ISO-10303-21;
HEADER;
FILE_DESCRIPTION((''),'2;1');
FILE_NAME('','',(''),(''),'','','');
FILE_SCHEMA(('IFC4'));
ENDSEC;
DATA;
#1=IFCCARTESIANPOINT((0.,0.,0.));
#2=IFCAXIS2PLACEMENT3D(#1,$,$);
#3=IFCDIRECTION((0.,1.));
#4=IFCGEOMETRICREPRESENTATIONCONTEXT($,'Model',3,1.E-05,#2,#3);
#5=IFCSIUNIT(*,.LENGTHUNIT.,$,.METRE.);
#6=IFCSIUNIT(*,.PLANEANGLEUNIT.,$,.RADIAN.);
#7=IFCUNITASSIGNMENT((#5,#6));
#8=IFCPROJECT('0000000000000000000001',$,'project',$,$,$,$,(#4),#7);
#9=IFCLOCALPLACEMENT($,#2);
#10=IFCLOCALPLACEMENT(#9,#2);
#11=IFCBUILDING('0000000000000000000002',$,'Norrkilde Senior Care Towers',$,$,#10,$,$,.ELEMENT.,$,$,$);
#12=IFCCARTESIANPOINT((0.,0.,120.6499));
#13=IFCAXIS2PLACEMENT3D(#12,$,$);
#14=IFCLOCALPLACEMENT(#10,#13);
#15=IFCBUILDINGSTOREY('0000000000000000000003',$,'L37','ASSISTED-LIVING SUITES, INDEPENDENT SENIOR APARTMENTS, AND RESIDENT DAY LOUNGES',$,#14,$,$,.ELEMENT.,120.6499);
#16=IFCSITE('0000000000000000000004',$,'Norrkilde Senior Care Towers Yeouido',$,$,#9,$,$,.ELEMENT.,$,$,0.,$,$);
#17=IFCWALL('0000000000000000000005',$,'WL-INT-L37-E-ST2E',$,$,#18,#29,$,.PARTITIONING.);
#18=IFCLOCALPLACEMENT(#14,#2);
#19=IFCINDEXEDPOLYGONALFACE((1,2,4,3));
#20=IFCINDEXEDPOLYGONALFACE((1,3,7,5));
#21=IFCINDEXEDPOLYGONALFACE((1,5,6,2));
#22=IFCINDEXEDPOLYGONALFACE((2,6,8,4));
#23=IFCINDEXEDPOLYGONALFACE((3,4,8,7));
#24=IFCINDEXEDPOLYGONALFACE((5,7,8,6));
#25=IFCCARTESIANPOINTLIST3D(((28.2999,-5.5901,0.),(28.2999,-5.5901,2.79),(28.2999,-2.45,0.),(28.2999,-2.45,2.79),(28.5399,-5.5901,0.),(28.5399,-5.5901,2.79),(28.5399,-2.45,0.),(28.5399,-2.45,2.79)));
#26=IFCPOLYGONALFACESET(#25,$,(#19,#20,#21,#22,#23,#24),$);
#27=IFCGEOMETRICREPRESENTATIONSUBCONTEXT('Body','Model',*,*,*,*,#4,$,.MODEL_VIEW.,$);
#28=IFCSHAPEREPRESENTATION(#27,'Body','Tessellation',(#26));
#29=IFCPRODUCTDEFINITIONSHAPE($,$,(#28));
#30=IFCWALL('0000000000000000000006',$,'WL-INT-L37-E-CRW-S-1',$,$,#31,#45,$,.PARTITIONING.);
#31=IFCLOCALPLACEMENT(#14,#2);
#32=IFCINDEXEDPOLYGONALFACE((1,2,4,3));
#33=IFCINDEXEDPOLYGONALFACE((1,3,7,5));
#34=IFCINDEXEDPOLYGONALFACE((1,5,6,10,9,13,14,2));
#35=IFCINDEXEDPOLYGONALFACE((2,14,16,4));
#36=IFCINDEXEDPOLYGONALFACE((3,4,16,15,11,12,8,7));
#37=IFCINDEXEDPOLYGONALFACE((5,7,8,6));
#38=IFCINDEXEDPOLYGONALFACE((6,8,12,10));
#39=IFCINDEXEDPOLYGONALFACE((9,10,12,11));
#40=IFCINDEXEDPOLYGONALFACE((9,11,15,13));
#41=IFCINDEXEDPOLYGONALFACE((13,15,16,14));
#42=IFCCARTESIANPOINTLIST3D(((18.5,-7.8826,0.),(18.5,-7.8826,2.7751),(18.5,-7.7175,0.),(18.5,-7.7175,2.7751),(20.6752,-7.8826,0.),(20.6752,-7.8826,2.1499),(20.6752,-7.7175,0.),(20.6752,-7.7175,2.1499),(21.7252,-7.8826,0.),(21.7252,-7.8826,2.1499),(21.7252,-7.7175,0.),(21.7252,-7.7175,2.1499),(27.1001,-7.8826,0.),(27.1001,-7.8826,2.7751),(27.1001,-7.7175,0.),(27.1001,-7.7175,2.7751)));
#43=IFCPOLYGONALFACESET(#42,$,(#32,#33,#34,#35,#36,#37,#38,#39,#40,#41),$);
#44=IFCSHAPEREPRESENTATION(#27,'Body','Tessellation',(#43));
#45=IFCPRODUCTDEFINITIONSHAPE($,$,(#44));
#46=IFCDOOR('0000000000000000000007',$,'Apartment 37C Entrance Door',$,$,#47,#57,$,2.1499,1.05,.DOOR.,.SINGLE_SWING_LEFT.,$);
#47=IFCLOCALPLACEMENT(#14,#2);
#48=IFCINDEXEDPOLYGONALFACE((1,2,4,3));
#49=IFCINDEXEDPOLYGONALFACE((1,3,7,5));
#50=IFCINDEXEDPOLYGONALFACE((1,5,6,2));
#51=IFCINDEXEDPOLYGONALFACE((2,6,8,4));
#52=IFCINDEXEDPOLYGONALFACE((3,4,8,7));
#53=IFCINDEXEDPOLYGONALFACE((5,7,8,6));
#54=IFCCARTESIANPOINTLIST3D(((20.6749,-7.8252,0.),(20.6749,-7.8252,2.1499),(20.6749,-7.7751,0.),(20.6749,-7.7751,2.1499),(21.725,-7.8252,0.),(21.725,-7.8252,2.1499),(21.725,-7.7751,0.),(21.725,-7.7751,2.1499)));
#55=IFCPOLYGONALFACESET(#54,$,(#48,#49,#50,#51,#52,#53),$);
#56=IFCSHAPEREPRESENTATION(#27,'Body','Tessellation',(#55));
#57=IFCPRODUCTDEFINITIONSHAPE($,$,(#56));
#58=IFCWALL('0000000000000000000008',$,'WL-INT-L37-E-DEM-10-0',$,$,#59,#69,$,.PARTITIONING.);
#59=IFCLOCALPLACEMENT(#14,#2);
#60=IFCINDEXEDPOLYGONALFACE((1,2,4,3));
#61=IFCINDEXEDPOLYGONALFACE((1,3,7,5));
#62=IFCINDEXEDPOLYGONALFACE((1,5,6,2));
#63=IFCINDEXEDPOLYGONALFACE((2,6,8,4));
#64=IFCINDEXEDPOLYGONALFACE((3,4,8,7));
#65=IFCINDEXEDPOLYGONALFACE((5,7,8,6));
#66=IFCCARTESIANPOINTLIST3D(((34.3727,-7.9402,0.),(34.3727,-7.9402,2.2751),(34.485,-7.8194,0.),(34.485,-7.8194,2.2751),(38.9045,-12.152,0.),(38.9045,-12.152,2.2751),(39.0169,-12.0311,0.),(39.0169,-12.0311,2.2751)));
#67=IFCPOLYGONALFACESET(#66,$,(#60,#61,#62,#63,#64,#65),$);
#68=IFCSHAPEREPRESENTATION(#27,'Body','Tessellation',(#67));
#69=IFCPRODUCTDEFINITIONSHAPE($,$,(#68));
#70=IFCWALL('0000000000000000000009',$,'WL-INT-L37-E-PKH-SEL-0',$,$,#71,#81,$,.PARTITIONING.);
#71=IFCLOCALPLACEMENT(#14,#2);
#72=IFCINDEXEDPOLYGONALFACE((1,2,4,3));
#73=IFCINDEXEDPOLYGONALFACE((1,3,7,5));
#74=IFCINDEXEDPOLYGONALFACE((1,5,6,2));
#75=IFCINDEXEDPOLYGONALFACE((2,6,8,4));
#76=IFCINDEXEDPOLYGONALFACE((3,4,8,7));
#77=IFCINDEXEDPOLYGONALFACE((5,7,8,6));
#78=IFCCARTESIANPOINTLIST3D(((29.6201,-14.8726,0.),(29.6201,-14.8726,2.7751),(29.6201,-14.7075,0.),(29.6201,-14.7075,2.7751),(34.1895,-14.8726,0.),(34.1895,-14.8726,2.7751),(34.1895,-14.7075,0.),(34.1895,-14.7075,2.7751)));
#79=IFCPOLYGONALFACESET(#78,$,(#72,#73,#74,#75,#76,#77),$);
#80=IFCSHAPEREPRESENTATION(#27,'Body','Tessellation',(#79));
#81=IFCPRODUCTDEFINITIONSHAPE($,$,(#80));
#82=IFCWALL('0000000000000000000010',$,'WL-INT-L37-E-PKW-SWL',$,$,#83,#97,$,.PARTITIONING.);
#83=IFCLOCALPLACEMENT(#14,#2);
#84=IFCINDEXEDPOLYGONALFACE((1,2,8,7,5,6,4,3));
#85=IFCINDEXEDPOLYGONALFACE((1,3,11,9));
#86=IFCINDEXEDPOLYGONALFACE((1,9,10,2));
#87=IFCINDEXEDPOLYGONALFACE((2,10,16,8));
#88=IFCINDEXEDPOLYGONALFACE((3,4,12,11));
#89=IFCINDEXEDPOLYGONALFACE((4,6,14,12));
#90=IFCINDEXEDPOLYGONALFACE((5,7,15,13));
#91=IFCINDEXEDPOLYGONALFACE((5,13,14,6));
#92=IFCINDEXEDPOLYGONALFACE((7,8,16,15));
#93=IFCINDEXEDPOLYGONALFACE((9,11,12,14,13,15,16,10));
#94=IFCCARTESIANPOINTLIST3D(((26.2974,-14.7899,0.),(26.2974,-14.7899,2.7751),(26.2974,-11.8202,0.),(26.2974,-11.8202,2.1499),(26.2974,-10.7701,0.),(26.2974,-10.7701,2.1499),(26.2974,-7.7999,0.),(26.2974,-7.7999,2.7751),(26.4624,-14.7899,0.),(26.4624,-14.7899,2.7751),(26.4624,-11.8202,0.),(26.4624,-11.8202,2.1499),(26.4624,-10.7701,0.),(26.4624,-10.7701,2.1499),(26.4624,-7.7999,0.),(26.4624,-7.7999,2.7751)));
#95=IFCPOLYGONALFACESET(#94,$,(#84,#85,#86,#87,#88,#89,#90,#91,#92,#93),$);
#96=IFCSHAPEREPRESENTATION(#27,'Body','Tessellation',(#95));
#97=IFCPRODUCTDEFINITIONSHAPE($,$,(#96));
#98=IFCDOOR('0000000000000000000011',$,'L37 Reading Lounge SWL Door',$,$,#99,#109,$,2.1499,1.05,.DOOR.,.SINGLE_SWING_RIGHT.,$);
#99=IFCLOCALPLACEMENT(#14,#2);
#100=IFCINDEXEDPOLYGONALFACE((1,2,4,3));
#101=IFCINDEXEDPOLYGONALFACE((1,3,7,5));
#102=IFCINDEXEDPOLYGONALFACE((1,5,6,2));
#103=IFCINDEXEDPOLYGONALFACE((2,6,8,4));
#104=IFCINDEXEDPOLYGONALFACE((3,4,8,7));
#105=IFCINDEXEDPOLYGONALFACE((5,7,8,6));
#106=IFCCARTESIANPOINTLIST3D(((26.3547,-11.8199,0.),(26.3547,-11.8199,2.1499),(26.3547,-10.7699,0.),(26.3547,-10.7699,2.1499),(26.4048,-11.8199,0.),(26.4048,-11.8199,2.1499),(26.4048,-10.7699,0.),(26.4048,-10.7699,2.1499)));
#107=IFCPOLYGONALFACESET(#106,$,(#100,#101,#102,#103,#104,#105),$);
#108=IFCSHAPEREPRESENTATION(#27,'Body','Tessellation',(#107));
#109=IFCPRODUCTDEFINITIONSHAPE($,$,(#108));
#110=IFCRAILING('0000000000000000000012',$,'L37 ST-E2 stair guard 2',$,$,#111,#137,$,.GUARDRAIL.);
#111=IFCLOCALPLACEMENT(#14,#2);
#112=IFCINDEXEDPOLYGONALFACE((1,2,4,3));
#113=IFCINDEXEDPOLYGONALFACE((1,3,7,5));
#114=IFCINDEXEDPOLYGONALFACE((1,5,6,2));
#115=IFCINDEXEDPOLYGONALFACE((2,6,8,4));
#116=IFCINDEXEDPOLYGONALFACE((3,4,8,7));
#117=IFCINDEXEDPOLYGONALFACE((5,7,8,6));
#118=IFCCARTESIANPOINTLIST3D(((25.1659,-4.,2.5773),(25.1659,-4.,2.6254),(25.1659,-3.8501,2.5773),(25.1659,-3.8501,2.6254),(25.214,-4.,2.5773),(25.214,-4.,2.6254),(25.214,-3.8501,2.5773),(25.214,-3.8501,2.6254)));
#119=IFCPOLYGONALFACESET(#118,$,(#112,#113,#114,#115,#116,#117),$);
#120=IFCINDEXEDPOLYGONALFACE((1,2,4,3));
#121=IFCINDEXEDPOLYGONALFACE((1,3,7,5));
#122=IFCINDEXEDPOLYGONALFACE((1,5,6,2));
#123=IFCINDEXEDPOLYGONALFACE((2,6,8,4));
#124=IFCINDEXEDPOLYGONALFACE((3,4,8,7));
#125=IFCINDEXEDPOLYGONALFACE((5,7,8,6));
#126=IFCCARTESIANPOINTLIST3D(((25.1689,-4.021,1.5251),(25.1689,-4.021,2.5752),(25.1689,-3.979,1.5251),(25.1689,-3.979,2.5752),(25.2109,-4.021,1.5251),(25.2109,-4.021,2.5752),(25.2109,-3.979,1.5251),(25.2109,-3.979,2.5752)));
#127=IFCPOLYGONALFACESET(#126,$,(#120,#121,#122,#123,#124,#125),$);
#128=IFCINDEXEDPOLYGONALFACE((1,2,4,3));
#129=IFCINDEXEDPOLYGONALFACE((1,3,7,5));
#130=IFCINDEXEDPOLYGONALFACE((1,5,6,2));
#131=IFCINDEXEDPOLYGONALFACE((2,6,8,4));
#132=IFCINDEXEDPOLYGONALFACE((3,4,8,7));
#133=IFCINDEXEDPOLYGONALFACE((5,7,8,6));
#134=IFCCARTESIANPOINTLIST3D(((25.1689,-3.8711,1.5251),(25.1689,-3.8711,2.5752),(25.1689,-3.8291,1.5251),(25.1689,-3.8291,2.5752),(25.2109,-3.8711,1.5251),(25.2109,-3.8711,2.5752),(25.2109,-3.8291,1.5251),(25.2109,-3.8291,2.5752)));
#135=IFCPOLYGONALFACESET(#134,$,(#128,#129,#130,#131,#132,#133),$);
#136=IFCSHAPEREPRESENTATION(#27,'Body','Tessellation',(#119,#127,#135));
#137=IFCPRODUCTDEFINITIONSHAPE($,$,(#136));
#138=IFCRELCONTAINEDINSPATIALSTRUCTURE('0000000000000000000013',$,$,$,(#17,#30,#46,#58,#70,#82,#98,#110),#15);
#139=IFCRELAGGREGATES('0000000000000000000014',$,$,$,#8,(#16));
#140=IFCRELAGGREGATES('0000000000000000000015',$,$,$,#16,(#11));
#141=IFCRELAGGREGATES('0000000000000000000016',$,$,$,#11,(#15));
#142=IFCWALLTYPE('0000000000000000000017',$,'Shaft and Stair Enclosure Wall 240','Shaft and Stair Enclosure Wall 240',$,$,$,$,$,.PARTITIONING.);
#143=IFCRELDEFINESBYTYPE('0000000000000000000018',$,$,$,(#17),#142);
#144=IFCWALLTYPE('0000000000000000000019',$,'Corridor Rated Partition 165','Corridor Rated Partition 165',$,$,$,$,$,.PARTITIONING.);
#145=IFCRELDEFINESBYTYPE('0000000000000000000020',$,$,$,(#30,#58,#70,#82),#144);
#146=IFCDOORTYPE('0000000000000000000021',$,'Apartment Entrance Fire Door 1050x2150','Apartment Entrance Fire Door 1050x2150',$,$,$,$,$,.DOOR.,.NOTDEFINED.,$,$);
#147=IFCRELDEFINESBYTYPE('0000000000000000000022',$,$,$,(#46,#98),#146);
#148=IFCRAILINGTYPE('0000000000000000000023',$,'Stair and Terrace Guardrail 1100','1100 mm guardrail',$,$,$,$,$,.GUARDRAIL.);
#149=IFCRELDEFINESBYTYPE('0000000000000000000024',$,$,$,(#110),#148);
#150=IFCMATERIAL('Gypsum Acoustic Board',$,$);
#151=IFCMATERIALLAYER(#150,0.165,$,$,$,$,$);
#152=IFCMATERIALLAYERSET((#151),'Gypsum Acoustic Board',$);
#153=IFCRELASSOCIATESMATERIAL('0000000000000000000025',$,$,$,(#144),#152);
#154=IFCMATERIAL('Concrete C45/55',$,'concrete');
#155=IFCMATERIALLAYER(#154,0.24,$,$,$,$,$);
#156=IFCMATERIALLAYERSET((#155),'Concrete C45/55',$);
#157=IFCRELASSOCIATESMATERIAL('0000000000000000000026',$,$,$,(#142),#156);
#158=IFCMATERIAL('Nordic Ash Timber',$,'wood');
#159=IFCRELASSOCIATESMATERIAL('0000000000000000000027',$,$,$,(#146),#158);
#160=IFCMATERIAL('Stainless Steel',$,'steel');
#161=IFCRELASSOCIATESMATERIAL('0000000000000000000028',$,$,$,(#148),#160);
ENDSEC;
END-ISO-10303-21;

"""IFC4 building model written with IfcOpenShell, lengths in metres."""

from ifc_helpers import new_model, si_unit, direction, frame, frame_2d, origin, origin_2d, place, context, subcontext, project, spatial, rectangle, extrude, source, transform, mapped, material, layer, layer_set, type_object, type_shapes, element, fill, save


model = new_model("IFC4")

# Units and contexts
model_context = context("Model", 3, precision=1e-05, world=origin(), true_north=direction((0.0, 1.0)))
body_context = subcontext(model_context, "Body", "Model", "MODEL_VIEW")
ifc_project = project(units=[si_unit("LENGTHUNIT", "METRE"), si_unit("PLANEANGLEUNIT", "RADIAN")], contexts=[model_context])

# Site, building, storey
site_placement = place(None, origin())
site = spatial("IfcSite", under=ifc_project, at=site_placement, Name="Norrkilde Senior Care Towers Yeouido", CompositionType="ELEMENT", RefElevation=0.0)
building_placement = place(site_placement, origin())
building = spatial("IfcBuilding", under=site, at=building_placement, Name="Norrkilde Senior Care Towers", CompositionType="ELEMENT")
storey_placement = place(building_placement, frame((0.0, 0.0, 120.6499)))
storey = spatial("IfcBuildingStorey", under=building, at=storey_placement, Name="L37", Description="ASSISTED-LIVING SUITES, INDEPENDENT SENIOR APARTMENTS, AND RESIDENT DAY LOUNGES", CompositionType="ELEMENT", Elevation=120.6499)

# Shared definitions
ifc_material_1 = material(Name="Concrete C45/55", Category="concrete")

# Shared definitions
ifc_material_2 = material(Name="Stainless Steel", Category="steel")

# Shared definitions
ifc_material_3 = material(Name="Gypsum Acoustic Board")
ifc_layer_1 = layer(ifc_material_3, 0.165)
ifc_layer_set_1 = layer_set([ifc_layer_1], Name="Gypsum Acoustic Board")
wall_type_1 = type_object("IfcWallType", Name="Corridor Rated Partition 165", Description="Corridor Rated Partition 165", PredefinedType="PARTITIONING", material=ifc_layer_set_1)

# Wall
ifc_layer_2 = layer(ifc_material_1, 0.24)
ifc_layer_set_2 = layer_set([ifc_layer_2], Name="Concrete C45/55")
wall_type_2 = type_object("IfcWallType", Name="Shaft and Stair Enclosure Wall 240", Description="Shaft and Stair Enclosure Wall 240", PredefinedType="PARTITIONING", material=ifc_layer_set_2)
shared_shape_1 = source(origin(), body_context, "Body", "SweptSolid", [
    extrude(rectangle(XDim=3.1401, YDim=0.24, at=frame_2d((1.5701, 0.0))), origin(), (0.0, 0.0, 1.0), 2.79),
])
type_shapes(wall_type_2, [shared_shape_1])
wall_1_placement = place(storey_placement, frame((28.4199, -5.5901, 0.0), z_axis=(0.0, 0.0, 1.0), x_axis=(0.0, 1.0, 0.0)))
element("IfcWall", 1, at=wall_1_placement, inside=storey, type_object=wall_type_2, Name="WL-INT-L37-E-ST2E", PredefinedType="PARTITIONING", context=body_context, shape_type="MappedRepresentation", body=[
    mapped(shared_shape_1, transform((0.0, 0.0, 0.0), x_axis=(1.0, 0.0, 0.0), y_axis=(0.0, 1.0, 0.0), z_axis=(0.0, 0.0, 1.0), scale=1.0)),
])

# Wall, opening, door
shared_shape_2 = source(origin(), body_context, "Body", "SweptSolid", [
    extrude(rectangle(XDim=8.6001, YDim=0.165, at=frame_2d((4.3, 0.0))), origin(), (0.0, 0.0, 1.0), 2.7751),
])
wall_2_placement = place(storey_placement, frame((27.1001, -7.8, 0.0), z_axis=(0.0, 0.0, 1.0), x_axis=(-1.0, 0.0, 0.0)))
wall_2 = element("IfcWall", 2, at=wall_2_placement, inside=storey, type_object=wall_type_1, Name="WL-INT-L37-E-CRW-S-1", PredefinedType="PARTITIONING", context=body_context, shape_type="MappedRepresentation", body=[
    mapped(shared_shape_2, transform((0.0, 0.0, 0.0), x_axis=(1.0, 0.0, 0.0), y_axis=(0.0, 1.0, 0.0), z_axis=(0.0, 0.0, 1.0), scale=1.0)),
])
opening_1_placement = place(wall_2_placement, frame((5.375, 0.0, 0.0)))
opening_1 = element("IfcOpeningElement", 3, at=opening_1_placement, cuts=wall_2, PredefinedType="OPENING", context=body_context, shape_type="SweptSolid", body=[
    extrude(rectangle(XDim=1.05, YDim=2.1499, at=frame_2d((0.5249, 1.075))), frame((0.0, 0.0925, 0.0), z_axis=(0.0, -1.0, 0.0), x_axis=(1.0, 0.0, 0.0)), (0.0, 0.0, 1.0), 0.1851),
])
ifc_material_4 = material(Name="Nordic Ash Timber", Category="wood")
door_type_1 = type_object("IfcDoorType", Name="Apartment Entrance Fire Door 1050x2150", Description="Apartment Entrance Fire Door 1050x2150", OperationType="NOTDEFINED", PredefinedType="DOOR", material=ifc_material_4)
shared_shape_3 = source(origin(), body_context, "Body", "SweptSolid", [
    extrude(rectangle(XDim=1.05, YDim=2.1499, at=frame_2d((0.5249, 1.075))), frame((0.0, 0.0249, 0.0), z_axis=(0.0, -1.0, 0.0), x_axis=(1.0, 0.0, 0.0)), (0.0, 0.0, 1.0), 0.05),
])
type_shapes(door_type_1, [shared_shape_3])
door_1_placement = place(opening_1_placement, frame((1.05, 0.0, 0.0), z_axis=(0.0, 0.0, 1.0), x_axis=(-1.0, 0.0, 0.0)))
door_1 = element("IfcDoor", 4, at=door_1_placement, inside=storey, type_object=door_type_1, Name="Apartment 37C Entrance Door", OperationType="SINGLE_SWING_LEFT", OverallHeight=2.1499, OverallWidth=1.05, PredefinedType="DOOR", context=body_context, shape_type="MappedRepresentation", body=[
    mapped(shared_shape_3, transform((0.0, 0.0, 0.0), x_axis=(1.0, 0.0, 0.0), y_axis=(0.0, 1.0, 0.0), z_axis=(0.0, 0.0, 1.0), scale=1.0)),
])
fill(opening_1, door_1)

# Wall
shared_shape_4 = source(origin(), body_context, "Body", "SweptSolid", [
    extrude(rectangle(XDim=6.1868, YDim=0.165, at=frame_2d((3.0933, 0.0))), origin(), (0.0, 0.0, 1.0), 2.2751),
])
wall_3_placement = place(storey_placement, frame((34.429, -7.8799, 0.0), z_axis=(0.0, 0.0, 1.0), x_axis=(0.732501, -0.680766, 0.0)))
element("IfcWall", 5, at=wall_3_placement, inside=storey, type_object=wall_type_1, Name="WL-INT-L37-E-DEM-10-0", PredefinedType="PARTITIONING", context=body_context, shape_type="MappedRepresentation", body=[
    mapped(shared_shape_4, transform((0.0, 0.0, 0.0), x_axis=(1.0, 0.0, 0.0), y_axis=(0.0, 1.0, 0.0), z_axis=(0.0, 0.0, 1.0), scale=1.0)),
])

# Wall
shared_shape_5 = source(origin(), body_context, "Body", "SweptSolid", [
    extrude(rectangle(XDim=4.5693, YDim=0.165, at=frame_2d((2.2847, 0.0))), origin(), (0.0, 0.0, 1.0), 2.7751),
])
wall_4_placement = place(storey_placement, frame((29.6201, -14.79, 0.0), z_axis=(0.0, 0.0, 1.0), x_axis=(1.0, 0.0, 0.0)))
element("IfcWall", 6, at=wall_4_placement, inside=storey, type_object=wall_type_1, Name="WL-INT-L37-E-PKH-SEL-0", PredefinedType="PARTITIONING", context=body_context, shape_type="MappedRepresentation", body=[
    mapped(shared_shape_5, transform((0.0, 0.0, 0.0), x_axis=(1.0, 0.0, 0.0), y_axis=(0.0, 1.0, 0.0), z_axis=(0.0, 0.0, 1.0), scale=1.0)),
])

# Wall, opening, door
shared_shape_6 = source(origin(), body_context, "Body", "SweptSolid", [
    extrude(rectangle(XDim=6.99, YDim=0.165, at=frame_2d((3.4951, 0.0))), origin(), (0.0, 0.0, 1.0), 2.7751),
])
wall_5_placement = place(storey_placement, frame((26.3799, -14.79, 0.0), z_axis=(0.0, 0.0, 1.0), x_axis=(0.0, 1.0, 0.0)))
wall_5 = element("IfcWall", 7, at=wall_5_placement, inside=storey, type_object=wall_type_1, Name="WL-INT-L37-E-PKW-SWL", PredefinedType="PARTITIONING", context=body_context, shape_type="MappedRepresentation", body=[
    mapped(shared_shape_6, transform((0.0, 0.0, 0.0), x_axis=(1.0, 0.0, 0.0), y_axis=(0.0, 1.0, 0.0), z_axis=(0.0, 0.0, 1.0), scale=1.0)),
])
opening_2_placement = place(wall_5_placement, frame((2.97, 0.0, 0.0)))
opening_2 = element("IfcOpeningElement", 8, at=opening_2_placement, cuts=wall_5, PredefinedType="OPENING", context=body_context, shape_type="SweptSolid", body=[
    extrude(rectangle(XDim=1.05, YDim=2.1499, at=frame_2d((0.5249, 1.075))), frame((0.0, 0.0925, 0.0), z_axis=(0.0, -1.0, 0.0), x_axis=(1.0, 0.0, 0.0)), (0.0, 0.0, 1.0), 0.1851),
])
door_2_placement = place(opening_2_placement, frame((1.05, 0.0, 0.0), z_axis=(0.0, 0.0, 1.0), x_axis=(-1.0, 0.0, 0.0)))
door_2 = element("IfcDoor", 9, at=door_2_placement, inside=storey, type_object=door_type_1, Name="L37 Reading Lounge SWL Door", OperationType="SINGLE_SWING_RIGHT", OverallHeight=2.1499, OverallWidth=1.05, PredefinedType="DOOR", context=body_context, shape_type="MappedRepresentation", body=[
    mapped(shared_shape_3, transform((0.0, 0.0, 0.0), x_axis=(1.0, 0.0, 0.0), y_axis=(0.0, 1.0, 0.0), z_axis=(0.0, 0.0, 1.0), scale=1.0)),
])
fill(opening_2, door_2)

# Railing
railing_type = type_object("IfcRailingType", Name="Stair and Terrace Guardrail 1100", Description="1100 mm guardrail", PredefinedType="GUARDRAIL", material=ifc_material_2)
railing_placement = place(storey_placement, frame((25.1899, -4.0, 1.5251)))
element("IfcRailing", 10, at=railing_placement, inside=storey, type_object=railing_type, Name="L37 ST-E2 stair guard 2", PredefinedType="GUARDRAIL", context=body_context, shape_type="SweptSolid", body=[
    extrude(rectangle(XDim=0.0481, YDim=0.0481, at=origin_2d()), frame((0.0, 0.0, 1.0762), z_axis=(0.0, 1.0, 0.0), x_axis=(-1.0, 0.0, 0.0)), (0.0, 0.0, 1.0), 0.1499),
    extrude(rectangle(XDim=0.042, YDim=0.042, at=origin_2d()), origin(), (0.0, 0.0, 1.0), 1.05),
    extrude(rectangle(XDim=0.042, YDim=0.042, at=origin_2d()), frame((0.0, 0.1499, 0.0)), (0.0, 0.0, 1.0), 1.05),
])

save(model, "model.ifc")
